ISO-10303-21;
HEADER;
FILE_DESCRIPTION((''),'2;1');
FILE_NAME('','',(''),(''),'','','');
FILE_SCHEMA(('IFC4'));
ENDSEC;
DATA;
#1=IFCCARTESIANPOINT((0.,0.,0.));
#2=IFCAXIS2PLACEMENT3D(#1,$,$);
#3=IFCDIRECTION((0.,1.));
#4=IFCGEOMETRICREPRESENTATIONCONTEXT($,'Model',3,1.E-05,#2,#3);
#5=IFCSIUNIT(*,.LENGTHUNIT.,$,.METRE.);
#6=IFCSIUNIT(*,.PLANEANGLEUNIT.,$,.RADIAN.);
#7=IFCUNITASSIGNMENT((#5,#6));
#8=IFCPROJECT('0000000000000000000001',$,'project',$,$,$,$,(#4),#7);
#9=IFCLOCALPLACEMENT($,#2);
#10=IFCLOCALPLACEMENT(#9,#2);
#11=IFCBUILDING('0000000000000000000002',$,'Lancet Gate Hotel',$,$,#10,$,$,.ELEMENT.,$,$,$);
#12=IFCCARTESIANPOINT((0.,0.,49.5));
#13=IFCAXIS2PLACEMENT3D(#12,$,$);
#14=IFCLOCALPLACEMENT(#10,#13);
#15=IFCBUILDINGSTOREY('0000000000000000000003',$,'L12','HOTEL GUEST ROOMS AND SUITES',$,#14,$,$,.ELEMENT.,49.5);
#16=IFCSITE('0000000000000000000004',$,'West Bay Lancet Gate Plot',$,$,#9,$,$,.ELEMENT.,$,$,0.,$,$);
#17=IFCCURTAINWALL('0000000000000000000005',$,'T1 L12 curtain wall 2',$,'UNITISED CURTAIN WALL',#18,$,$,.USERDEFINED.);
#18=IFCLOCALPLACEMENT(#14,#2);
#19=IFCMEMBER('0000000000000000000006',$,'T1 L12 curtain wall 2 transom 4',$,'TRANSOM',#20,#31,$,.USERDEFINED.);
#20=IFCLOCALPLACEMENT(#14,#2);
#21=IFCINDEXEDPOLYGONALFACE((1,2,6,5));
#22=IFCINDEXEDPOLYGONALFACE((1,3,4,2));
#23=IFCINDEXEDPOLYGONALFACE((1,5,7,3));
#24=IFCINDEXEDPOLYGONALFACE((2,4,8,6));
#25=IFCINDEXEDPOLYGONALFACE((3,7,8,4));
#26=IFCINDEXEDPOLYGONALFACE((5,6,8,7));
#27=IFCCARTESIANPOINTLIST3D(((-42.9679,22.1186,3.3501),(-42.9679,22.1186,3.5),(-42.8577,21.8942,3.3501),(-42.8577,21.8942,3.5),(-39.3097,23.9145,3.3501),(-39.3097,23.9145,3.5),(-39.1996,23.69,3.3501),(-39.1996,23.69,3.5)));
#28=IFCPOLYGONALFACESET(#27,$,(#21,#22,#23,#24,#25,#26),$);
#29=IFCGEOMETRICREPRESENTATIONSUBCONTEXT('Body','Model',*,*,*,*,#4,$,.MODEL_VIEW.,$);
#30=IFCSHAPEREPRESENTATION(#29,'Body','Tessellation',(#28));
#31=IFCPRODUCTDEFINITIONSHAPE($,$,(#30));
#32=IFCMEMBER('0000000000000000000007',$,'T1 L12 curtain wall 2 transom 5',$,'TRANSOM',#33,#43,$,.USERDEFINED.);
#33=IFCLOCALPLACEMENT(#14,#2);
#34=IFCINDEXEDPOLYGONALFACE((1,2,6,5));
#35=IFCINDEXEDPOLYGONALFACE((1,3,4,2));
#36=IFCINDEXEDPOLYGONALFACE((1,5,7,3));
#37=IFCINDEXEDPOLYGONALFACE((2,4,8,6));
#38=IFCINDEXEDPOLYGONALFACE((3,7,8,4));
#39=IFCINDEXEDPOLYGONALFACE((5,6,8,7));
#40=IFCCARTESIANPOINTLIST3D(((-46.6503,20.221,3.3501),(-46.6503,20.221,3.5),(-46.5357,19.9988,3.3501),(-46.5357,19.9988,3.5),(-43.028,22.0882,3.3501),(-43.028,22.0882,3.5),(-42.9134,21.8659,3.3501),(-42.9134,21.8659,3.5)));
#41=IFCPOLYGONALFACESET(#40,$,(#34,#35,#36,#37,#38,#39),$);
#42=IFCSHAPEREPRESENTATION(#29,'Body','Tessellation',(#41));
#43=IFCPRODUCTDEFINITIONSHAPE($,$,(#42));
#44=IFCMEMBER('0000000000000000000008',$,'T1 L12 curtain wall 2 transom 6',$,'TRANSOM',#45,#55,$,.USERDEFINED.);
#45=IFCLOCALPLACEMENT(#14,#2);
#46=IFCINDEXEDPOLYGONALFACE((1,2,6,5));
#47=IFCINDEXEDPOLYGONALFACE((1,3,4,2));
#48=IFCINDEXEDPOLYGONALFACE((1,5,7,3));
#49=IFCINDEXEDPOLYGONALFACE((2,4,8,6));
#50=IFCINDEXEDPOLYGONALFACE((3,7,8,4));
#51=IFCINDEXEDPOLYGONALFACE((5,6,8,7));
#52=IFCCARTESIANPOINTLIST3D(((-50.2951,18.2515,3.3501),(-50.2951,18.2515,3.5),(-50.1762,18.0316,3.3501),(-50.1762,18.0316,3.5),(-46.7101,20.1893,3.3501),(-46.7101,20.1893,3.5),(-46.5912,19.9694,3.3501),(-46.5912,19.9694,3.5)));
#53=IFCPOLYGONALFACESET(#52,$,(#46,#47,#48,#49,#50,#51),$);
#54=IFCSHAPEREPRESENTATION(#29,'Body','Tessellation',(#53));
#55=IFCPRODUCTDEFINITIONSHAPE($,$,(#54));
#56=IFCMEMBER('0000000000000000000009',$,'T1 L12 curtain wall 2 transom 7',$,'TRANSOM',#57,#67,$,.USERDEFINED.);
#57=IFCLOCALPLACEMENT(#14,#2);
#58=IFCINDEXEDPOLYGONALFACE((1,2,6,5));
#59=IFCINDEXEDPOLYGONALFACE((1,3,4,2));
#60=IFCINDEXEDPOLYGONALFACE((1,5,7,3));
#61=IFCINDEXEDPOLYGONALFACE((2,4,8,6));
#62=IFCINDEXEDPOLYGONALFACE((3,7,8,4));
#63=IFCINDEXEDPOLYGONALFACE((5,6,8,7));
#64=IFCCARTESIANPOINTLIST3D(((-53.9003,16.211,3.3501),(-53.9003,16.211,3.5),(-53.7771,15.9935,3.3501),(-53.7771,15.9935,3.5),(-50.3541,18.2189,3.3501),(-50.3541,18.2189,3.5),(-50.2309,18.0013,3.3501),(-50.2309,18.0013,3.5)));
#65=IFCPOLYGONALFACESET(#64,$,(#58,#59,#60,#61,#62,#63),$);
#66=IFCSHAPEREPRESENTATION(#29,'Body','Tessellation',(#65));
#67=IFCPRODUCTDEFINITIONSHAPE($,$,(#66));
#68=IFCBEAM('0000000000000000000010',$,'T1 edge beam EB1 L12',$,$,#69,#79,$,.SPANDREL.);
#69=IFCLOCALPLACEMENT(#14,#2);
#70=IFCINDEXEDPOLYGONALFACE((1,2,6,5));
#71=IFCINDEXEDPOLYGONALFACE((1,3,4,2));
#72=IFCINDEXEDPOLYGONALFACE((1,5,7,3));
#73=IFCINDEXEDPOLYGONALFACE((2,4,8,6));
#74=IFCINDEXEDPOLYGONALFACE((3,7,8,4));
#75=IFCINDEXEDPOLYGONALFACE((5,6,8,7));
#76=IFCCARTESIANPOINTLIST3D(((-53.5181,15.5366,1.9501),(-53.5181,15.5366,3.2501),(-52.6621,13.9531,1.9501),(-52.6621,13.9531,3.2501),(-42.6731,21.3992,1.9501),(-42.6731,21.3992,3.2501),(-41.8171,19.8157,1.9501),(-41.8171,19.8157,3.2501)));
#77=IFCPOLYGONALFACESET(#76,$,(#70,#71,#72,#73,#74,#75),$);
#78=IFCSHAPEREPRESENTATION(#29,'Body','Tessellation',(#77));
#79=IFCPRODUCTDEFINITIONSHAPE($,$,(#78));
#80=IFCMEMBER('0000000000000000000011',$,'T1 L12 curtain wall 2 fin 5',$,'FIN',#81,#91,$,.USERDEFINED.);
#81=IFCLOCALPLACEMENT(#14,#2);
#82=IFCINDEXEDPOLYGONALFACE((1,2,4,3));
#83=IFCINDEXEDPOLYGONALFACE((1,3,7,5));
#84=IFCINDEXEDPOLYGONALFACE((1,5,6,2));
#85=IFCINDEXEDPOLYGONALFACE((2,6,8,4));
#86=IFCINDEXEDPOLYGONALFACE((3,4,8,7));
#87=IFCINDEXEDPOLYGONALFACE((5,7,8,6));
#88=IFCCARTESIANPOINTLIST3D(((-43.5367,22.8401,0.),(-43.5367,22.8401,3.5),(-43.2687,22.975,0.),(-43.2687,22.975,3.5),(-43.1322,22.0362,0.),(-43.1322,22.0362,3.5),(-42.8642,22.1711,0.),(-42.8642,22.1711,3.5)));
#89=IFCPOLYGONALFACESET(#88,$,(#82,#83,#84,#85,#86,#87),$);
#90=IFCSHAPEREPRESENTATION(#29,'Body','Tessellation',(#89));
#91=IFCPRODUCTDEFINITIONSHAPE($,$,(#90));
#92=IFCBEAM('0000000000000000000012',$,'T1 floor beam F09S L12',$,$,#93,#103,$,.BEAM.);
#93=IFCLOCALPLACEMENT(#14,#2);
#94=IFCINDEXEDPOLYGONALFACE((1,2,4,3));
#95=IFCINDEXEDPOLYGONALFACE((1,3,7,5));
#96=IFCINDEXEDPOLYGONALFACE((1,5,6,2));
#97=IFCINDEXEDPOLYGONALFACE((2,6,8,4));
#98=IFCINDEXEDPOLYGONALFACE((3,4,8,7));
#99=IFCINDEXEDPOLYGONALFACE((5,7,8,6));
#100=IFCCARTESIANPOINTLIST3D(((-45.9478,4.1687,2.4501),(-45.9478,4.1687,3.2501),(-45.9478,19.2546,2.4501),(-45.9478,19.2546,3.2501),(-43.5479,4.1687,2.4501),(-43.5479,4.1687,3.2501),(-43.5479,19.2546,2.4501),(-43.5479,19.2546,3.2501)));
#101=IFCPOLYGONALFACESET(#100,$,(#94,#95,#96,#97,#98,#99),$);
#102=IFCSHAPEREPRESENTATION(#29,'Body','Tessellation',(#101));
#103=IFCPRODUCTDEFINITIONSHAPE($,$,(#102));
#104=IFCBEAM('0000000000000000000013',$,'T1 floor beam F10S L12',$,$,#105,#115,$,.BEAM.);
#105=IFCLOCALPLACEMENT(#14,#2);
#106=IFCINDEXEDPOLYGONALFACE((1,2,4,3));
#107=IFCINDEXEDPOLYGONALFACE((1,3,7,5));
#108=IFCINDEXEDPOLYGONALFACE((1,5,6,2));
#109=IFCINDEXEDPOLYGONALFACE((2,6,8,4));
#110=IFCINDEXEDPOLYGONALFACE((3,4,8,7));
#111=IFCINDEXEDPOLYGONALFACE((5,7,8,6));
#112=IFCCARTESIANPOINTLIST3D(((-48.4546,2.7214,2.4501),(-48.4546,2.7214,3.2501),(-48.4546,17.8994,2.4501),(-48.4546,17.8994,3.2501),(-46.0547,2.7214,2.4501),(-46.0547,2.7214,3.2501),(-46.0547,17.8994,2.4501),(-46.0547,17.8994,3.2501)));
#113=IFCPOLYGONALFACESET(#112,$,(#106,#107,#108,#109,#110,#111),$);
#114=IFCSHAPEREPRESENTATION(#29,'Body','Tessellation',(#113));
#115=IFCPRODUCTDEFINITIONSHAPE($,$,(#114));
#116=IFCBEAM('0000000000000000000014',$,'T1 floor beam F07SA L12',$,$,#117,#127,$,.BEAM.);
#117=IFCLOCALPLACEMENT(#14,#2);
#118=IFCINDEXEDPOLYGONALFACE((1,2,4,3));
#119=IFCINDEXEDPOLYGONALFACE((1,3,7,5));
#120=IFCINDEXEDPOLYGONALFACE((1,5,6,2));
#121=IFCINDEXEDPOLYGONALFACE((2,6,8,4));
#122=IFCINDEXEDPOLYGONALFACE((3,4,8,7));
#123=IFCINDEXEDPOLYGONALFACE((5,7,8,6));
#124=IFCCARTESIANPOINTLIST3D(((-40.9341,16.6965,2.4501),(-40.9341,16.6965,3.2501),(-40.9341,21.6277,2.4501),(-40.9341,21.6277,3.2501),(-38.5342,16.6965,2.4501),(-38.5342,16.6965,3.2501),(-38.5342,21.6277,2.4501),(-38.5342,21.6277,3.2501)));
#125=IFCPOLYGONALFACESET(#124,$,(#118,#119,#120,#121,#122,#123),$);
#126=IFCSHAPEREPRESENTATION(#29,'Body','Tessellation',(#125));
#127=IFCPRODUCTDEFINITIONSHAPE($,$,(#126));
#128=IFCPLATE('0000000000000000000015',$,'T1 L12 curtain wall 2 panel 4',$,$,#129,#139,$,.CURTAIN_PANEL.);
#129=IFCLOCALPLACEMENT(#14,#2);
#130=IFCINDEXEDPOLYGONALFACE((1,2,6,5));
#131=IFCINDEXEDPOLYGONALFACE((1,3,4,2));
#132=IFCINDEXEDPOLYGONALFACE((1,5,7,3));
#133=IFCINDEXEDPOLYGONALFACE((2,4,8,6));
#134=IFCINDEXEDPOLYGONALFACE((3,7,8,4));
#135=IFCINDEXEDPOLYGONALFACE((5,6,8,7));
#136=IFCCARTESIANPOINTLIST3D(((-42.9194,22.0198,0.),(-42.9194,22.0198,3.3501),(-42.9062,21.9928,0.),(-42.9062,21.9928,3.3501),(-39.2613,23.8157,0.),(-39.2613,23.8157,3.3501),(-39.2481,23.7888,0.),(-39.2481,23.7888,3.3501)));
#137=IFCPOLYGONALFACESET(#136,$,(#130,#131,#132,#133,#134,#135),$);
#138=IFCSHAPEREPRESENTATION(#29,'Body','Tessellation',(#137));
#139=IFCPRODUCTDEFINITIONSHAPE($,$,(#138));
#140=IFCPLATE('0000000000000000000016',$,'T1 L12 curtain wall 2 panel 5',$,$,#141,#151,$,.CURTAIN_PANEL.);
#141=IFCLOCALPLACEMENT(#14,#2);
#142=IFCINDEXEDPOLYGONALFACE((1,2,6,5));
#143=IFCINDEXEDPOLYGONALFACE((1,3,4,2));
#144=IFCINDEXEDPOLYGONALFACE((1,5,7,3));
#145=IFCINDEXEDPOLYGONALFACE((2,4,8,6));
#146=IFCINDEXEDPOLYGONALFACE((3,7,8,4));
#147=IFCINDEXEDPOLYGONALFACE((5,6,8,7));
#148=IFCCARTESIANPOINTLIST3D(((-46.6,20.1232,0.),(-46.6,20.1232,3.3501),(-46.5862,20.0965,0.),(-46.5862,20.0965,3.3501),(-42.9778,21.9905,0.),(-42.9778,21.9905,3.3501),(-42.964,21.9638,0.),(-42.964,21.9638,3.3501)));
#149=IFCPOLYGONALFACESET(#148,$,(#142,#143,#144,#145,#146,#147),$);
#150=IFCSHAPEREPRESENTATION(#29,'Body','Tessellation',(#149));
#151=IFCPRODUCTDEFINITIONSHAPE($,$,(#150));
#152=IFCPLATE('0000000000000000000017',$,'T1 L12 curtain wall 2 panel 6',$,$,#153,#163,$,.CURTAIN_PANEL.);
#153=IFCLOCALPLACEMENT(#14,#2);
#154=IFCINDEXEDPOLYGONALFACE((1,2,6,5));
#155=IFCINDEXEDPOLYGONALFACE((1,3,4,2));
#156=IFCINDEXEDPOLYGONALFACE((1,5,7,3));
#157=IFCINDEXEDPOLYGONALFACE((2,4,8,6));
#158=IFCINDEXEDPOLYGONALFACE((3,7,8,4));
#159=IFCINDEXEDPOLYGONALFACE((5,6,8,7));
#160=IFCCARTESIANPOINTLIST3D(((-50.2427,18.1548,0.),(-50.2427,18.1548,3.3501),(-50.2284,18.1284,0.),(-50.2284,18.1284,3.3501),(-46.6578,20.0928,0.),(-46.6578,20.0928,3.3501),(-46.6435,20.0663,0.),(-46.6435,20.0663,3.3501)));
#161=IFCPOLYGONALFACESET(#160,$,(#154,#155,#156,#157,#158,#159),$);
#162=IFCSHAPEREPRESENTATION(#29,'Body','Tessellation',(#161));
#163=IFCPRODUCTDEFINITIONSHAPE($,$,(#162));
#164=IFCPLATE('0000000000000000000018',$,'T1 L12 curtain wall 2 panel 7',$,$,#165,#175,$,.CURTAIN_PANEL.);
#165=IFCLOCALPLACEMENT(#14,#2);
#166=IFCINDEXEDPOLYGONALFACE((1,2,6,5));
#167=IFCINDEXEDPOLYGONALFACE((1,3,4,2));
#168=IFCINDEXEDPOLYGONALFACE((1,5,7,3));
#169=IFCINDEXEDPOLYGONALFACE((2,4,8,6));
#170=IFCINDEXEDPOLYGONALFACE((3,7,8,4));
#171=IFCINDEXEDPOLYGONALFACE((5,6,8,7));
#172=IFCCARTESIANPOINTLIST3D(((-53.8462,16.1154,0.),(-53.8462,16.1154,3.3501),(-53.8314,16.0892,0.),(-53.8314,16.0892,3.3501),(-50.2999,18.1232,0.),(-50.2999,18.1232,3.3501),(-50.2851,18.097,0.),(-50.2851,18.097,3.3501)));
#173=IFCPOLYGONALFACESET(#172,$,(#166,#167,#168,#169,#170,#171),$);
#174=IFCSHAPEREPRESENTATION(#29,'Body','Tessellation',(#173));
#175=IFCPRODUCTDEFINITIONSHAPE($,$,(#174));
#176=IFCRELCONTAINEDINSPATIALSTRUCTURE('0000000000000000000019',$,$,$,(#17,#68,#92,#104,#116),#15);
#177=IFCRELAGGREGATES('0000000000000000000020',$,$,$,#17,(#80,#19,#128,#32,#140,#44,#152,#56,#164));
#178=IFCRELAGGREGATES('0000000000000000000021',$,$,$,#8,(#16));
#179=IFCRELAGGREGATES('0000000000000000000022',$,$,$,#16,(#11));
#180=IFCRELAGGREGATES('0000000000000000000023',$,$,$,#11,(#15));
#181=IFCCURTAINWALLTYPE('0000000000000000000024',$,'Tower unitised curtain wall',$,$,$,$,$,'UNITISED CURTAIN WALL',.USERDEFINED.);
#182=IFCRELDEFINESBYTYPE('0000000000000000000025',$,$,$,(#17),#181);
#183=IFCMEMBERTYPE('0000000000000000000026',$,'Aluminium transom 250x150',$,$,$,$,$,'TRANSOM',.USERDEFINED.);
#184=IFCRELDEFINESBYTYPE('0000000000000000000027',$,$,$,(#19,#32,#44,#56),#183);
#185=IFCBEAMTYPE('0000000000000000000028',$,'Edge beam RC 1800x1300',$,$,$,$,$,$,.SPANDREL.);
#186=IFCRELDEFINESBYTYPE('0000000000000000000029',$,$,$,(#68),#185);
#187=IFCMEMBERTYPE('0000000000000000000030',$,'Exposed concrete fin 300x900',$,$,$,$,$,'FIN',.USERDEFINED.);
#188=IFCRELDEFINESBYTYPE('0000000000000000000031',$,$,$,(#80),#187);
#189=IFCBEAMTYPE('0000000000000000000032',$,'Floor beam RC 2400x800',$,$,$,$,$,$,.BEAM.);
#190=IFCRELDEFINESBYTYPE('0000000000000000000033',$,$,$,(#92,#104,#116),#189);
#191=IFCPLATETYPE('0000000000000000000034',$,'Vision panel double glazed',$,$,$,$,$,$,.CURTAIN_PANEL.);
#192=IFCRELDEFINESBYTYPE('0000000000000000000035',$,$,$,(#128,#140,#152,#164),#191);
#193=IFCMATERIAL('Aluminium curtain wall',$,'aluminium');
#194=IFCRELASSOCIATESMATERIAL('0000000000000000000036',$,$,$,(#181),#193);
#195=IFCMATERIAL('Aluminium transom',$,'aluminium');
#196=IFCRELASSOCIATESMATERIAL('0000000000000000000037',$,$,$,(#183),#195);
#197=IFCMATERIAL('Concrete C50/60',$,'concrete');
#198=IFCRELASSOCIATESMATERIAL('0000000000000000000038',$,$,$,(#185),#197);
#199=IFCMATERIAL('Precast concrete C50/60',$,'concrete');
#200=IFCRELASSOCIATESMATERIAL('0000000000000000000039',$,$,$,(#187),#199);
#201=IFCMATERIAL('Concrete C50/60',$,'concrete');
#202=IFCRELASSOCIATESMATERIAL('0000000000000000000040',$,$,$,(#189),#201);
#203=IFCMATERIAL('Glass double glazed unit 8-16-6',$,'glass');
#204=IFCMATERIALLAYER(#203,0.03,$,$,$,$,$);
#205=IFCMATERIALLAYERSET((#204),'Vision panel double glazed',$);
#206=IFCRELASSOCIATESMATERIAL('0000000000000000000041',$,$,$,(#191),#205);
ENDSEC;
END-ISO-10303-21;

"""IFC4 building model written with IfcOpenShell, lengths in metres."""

from ifc_helpers import new_model, si_unit, direction, frame, origin, origin_2d, place, context, subcontext, project, spatial, rectangle, extrude, material, layer, layer_set, material_profile, profile_set, type_object, element, aggregate, save


model = new_model("IFC4")

# Units and contexts
model_context = context("Model", 3, precision=1e-05, world=origin(), true_north=direction((0.0, 1.0)))
body_context = subcontext(model_context, "Body", "Model", "MODEL_VIEW")
ifc_project = project(units=[si_unit("LENGTHUNIT", "METRE"), si_unit("PLANEANGLEUNIT", "RADIAN")], contexts=[model_context])

# Site, building, storey
site_placement = place(None, origin())
site = spatial("IfcSite", under=ifc_project, at=site_placement, Name="West Bay Lancet Gate Plot", CompositionType="ELEMENT", RefElevation=0.0)
building_placement = place(site_placement, origin())
building = spatial("IfcBuilding", under=site, at=building_placement, Name="Lancet Gate Hotel", CompositionType="ELEMENT")
storey_placement = place(building_placement, frame((0.0, 0.0, 49.5)))
storey = spatial("IfcBuildingStorey", under=building, at=storey_placement, Name="L12", Description="HOTEL GUEST ROOMS AND SUITES", CompositionType="ELEMENT", Elevation=49.5)

# Curtain wall, members
ifc_material_1 = material(Name="Aluminium curtain wall", Category="aluminium")
curtain_wall_type = type_object("IfcCurtainWallType", Name="Tower unitised curtain wall", ElementType="UNITISED CURTAIN WALL", PredefinedType="USERDEFINED", material=ifc_material_1)
curtain_wall_placement = place(storey_placement, origin())
curtain_wall = element("IfcCurtainWall", 1, at=curtain_wall_placement, inside=storey, type_object=curtain_wall_type, Name="T1 L12 curtain wall 2", ObjectType="UNITISED CURTAIN WALL", PredefinedType="USERDEFINED")
ifc_material_2 = material(Name="Aluminium transom", Category="aluminium")
ifc_material_profile_1 = material_profile(ifc_material_2, rectangle(XDim=0.25, YDim=0.1499, at=origin_2d()), Name="TRANSOM 250x150")
ifc_profile_set_1 = profile_set([ifc_material_profile_1], Name="Aluminium transom")
member_type_1 = type_object("IfcMemberType", Name="Aluminium transom 250x150", ElementType="TRANSOM", PredefinedType="USERDEFINED", material=ifc_profile_set_1)
member_1_placement = place(storey_placement, frame((-39.2546, 23.8022, 3.425), z_axis=(-0.897662, -0.440684, 0.0), x_axis=(0.440684, -0.897662, 0.0)))
member_1 = element("IfcMember", 2, at=member_1_placement, type_object=member_type_1, Name="T1 L12 curtain wall 2 transom 4", ObjectType="TRANSOM", PredefinedType="USERDEFINED", context=body_context, shape_type="SweptSolid", body=[
    extrude(rectangle(XDim=0.25, YDim=0.1499, at=origin_2d()), origin(), (0.0, 0.0, 1.0), 4.0752),
])
member_2_placement = place(storey_placement, frame((-42.9707, 21.9771, 3.425), z_axis=(-0.88886, -0.458179, 0.0), x_axis=(0.458179, -0.88886, 0.0)))
member_2 = element("IfcMember", 3, at=member_2_placement, type_object=member_type_1, Name="T1 L12 curtain wall 2 transom 5", ObjectType="TRANSOM", PredefinedType="USERDEFINED", context=body_context, shape_type="SweptSolid", body=[
    extrude(rectangle(XDim=0.25, YDim=0.1499, at=origin_2d()), origin(), (0.0, 0.0, 1.0), 4.0752),
])
member_3_placement = place(storey_placement, frame((-46.6506, 20.0793, 3.425), z_axis=(-0.879714, -0.475503, 0.0), x_axis=(0.475503, -0.879714, 0.0)))
member_3 = element("IfcMember", 4, at=member_3_placement, type_object=member_type_1, Name="T1 L12 curtain wall 2 transom 6", ObjectType="TRANSOM", PredefinedType="USERDEFINED", context=body_context, shape_type="SweptSolid", body=[
    extrude(rectangle(XDim=0.25, YDim=0.1499, at=origin_2d()), origin(), (0.0, 0.0, 1.0), 4.0752),
])
member_4_placement = place(storey_placement, frame((-50.2925, 18.1101, 3.425), z_axis=(-0.870198, -0.492703, 0.0), x_axis=(0.492703, -0.870198, 0.0)))
member_4 = element("IfcMember", 5, at=member_4_placement, type_object=member_type_1, Name="T1 L12 curtain wall 2 transom 7", ObjectType="TRANSOM", PredefinedType="USERDEFINED", context=body_context, shape_type="SweptSolid", body=[
    extrude(rectangle(XDim=0.25, YDim=0.1499, at=origin_2d()), origin(), (0.0, 0.0, 1.0), 4.0752),
])

# Beam
ifc_material_3 = material(Name="Concrete C50/60", Category="concrete")
ifc_material_profile_2 = material_profile(ifc_material_3, rectangle(XDim=1.8, YDim=1.3, at=origin_2d()), Name="RC 1800x1300")
ifc_profile_set_2 = profile_set([ifc_material_profile_2], Name="Concrete C50/60")
beam_type_1 = type_object("IfcBeamType", Name="Edge beam RC 1800x1300", PredefinedType="SPANDREL", material=ifc_profile_set_2)
beam_1_placement = place(storey_placement, frame((-42.2451, 20.6074, 2.6001), z_axis=(-0.879693, -0.475542, 0.0), x_axis=(0.475542, -0.879693, 0.0)))
element("IfcBeam", 6, at=beam_1_placement, inside=storey, type_object=beam_type_1, Name="T1 edge beam EB1 L12", PredefinedType="SPANDREL", context=body_context, shape_type="SweptSolid", body=[
    extrude(rectangle(XDim=1.8, YDim=1.3, at=origin_2d()), origin(), (0.0, 0.0, 1.0), 12.3281),
])

# Member
ifc_material_4 = material(Name="Precast concrete C50/60", Category="concrete")
ifc_material_profile_3 = material_profile(ifc_material_4, rectangle(XDim=0.3, YDim=0.8999, at=origin_2d()), Name="FIN 300x900")
ifc_profile_set_3 = profile_set([ifc_material_profile_3], Name="Precast concrete C50/60")
member_type_2 = type_object("IfcMemberType", Name="Exposed concrete fin 300x900", ElementType="FIN", PredefinedType="USERDEFINED", material=ifc_profile_set_3)
member_5_placement = place(storey_placement, frame((-43.2004, 22.5056, 0.0), z_axis=(0.0, 0.0, 1.0), x_axis=(-0.893292, -0.449478, 0.0)))
member_5 = element("IfcMember", 7, at=member_5_placement, type_object=member_type_2, Name="T1 L12 curtain wall 2 fin 5", ObjectType="FIN", PredefinedType="USERDEFINED", context=body_context, shape_type="SweptSolid", body=[
    extrude(rectangle(XDim=0.3, YDim=0.8999, at=origin_2d()), origin(), (0.0, 0.0, 1.0), 3.5),
])

# Beams
ifc_material_5 = material(Name="Concrete C50/60", Category="concrete")
ifc_material_profile_4 = material_profile(ifc_material_5, rectangle(XDim=2.3999, YDim=0.8, at=origin_2d()), Name="RC 2400x800")
ifc_profile_set_4 = profile_set([ifc_material_profile_4], Name="Concrete C50/60")
beam_type_2 = type_object("IfcBeamType", Name="Floor beam RC 2400x800", PredefinedType="BEAM", material=ifc_profile_set_4)
beam_2_placement = place(storey_placement, frame((-44.7478, 19.2546, 2.8501), z_axis=(0.0, -1.0, 0.0), x_axis=(1.0, 0.0, 0.0)))
element("IfcBeam", 8, at=beam_2_placement, inside=storey, type_object=beam_type_2, Name="T1 floor beam F09S L12", PredefinedType="BEAM", context=body_context, shape_type="SweptSolid", body=[
    extrude(rectangle(XDim=2.3999, YDim=0.8, at=origin_2d()), origin(), (0.0, 0.0, 1.0), 15.0859),
])
beam_3_placement = place(storey_placement, frame((-47.2546, 17.8994, 2.8501), z_axis=(0.0, -1.0, 0.0), x_axis=(1.0, 0.0, 0.0)))
element("IfcBeam", 9, at=beam_3_placement, inside=storey, type_object=beam_type_2, Name="T1 floor beam F10S L12", PredefinedType="BEAM", context=body_context, shape_type="SweptSolid", body=[
    extrude(rectangle(XDim=2.3999, YDim=0.8, at=origin_2d()), origin(), (0.0, 0.0, 1.0), 15.178),
])
beam_4_placement = place(storey_placement, frame((-39.7341, 21.6277, 2.8501), z_axis=(0.0, -1.0, 0.0), x_axis=(1.0, 0.0, 0.0)))
element("IfcBeam", 10, at=beam_4_placement, inside=storey, type_object=beam_type_2, Name="T1 floor beam F07SA L12", PredefinedType="BEAM", context=body_context, shape_type="SweptSolid", body=[
    extrude(rectangle(XDim=2.3999, YDim=0.8, at=origin_2d()), origin(), (0.0, 0.0, 1.0), 4.9312),
])

# Plates
ifc_material_6 = material(Name="Glass double glazed unit 8-16-6", Category="glass")
ifc_layer = layer(ifc_material_6, 0.03)
ifc_layer_set = layer_set([ifc_layer], Name="Vision panel double glazed")
plate_type = type_object("IfcPlateType", Name="Vision panel double glazed", PredefinedType="CURTAIN_PANEL", material=ifc_layer_set)
plate_1_placement = place(storey_placement, frame((-41.0837, 22.9043, 0.0), z_axis=(0.0, 0.0, 1.0), x_axis=(-0.897653, -0.440702, 0.0)))
plate_1 = element("IfcPlate", 11, at=plate_1_placement, type_object=plate_type, Name="T1 L12 curtain wall 2 panel 4", PredefinedType="CURTAIN_PANEL", context=body_context, shape_type="SweptSolid", body=[
    extrude(rectangle(XDim=4.0752, YDim=0.03, at=origin_2d()), origin(), (0.0, 0.0, 1.0), 3.3501),
])
plate_2_placement = place(storey_placement, frame((-44.782, 21.0435, 0.0), z_axis=(0.0, 0.0, 1.0), x_axis=(-0.888844, -0.45821, 0.0)))
plate_2 = element("IfcPlate", 12, at=plate_2_placement, type_object=plate_type, Name="T1 L12 curtain wall 2 panel 5", PredefinedType="CURTAIN_PANEL", context=body_context, shape_type="SweptSolid", body=[
    extrude(rectangle(XDim=4.0752, YDim=0.03, at=origin_2d()), origin(), (0.0, 0.0, 1.0), 3.3501),
])
plate_3_placement = place(storey_placement, frame((-48.4431, 19.1106, 0.0), z_axis=(0.0, 0.0, 1.0), x_axis=(-0.879693, -0.475541, 0.0)))
plate_3 = element("IfcPlate", 13, at=plate_3_placement, type_object=plate_type, Name="T1 L12 curtain wall 2 panel 6", PredefinedType="CURTAIN_PANEL", context=body_context, shape_type="SweptSolid", body=[
    extrude(rectangle(XDim=4.0752, YDim=0.03, at=origin_2d()), origin(), (0.0, 0.0, 1.0), 3.3501),
])
plate_4_placement = place(storey_placement, frame((-52.0657, 17.1062, 0.0), z_axis=(0.0, 0.0, 1.0), x_axis=(-0.870205, -0.49269, 0.0)))
plate_4 = element("IfcPlate", 14, at=plate_4_placement, type_object=plate_type, Name="T1 L12 curtain wall 2 panel 7", PredefinedType="CURTAIN_PANEL", context=body_context, shape_type="SweptSolid", body=[
    extrude(rectangle(XDim=4.0752, YDim=0.03, at=origin_2d()), origin(), (0.0, 0.0, 1.0), 3.3501),
])
aggregate(curtain_wall, [member_5, member_1, plate_1, member_2, plate_2, member_3, plate_3, member_4, plate_4])

save(model, "model.ifc")
